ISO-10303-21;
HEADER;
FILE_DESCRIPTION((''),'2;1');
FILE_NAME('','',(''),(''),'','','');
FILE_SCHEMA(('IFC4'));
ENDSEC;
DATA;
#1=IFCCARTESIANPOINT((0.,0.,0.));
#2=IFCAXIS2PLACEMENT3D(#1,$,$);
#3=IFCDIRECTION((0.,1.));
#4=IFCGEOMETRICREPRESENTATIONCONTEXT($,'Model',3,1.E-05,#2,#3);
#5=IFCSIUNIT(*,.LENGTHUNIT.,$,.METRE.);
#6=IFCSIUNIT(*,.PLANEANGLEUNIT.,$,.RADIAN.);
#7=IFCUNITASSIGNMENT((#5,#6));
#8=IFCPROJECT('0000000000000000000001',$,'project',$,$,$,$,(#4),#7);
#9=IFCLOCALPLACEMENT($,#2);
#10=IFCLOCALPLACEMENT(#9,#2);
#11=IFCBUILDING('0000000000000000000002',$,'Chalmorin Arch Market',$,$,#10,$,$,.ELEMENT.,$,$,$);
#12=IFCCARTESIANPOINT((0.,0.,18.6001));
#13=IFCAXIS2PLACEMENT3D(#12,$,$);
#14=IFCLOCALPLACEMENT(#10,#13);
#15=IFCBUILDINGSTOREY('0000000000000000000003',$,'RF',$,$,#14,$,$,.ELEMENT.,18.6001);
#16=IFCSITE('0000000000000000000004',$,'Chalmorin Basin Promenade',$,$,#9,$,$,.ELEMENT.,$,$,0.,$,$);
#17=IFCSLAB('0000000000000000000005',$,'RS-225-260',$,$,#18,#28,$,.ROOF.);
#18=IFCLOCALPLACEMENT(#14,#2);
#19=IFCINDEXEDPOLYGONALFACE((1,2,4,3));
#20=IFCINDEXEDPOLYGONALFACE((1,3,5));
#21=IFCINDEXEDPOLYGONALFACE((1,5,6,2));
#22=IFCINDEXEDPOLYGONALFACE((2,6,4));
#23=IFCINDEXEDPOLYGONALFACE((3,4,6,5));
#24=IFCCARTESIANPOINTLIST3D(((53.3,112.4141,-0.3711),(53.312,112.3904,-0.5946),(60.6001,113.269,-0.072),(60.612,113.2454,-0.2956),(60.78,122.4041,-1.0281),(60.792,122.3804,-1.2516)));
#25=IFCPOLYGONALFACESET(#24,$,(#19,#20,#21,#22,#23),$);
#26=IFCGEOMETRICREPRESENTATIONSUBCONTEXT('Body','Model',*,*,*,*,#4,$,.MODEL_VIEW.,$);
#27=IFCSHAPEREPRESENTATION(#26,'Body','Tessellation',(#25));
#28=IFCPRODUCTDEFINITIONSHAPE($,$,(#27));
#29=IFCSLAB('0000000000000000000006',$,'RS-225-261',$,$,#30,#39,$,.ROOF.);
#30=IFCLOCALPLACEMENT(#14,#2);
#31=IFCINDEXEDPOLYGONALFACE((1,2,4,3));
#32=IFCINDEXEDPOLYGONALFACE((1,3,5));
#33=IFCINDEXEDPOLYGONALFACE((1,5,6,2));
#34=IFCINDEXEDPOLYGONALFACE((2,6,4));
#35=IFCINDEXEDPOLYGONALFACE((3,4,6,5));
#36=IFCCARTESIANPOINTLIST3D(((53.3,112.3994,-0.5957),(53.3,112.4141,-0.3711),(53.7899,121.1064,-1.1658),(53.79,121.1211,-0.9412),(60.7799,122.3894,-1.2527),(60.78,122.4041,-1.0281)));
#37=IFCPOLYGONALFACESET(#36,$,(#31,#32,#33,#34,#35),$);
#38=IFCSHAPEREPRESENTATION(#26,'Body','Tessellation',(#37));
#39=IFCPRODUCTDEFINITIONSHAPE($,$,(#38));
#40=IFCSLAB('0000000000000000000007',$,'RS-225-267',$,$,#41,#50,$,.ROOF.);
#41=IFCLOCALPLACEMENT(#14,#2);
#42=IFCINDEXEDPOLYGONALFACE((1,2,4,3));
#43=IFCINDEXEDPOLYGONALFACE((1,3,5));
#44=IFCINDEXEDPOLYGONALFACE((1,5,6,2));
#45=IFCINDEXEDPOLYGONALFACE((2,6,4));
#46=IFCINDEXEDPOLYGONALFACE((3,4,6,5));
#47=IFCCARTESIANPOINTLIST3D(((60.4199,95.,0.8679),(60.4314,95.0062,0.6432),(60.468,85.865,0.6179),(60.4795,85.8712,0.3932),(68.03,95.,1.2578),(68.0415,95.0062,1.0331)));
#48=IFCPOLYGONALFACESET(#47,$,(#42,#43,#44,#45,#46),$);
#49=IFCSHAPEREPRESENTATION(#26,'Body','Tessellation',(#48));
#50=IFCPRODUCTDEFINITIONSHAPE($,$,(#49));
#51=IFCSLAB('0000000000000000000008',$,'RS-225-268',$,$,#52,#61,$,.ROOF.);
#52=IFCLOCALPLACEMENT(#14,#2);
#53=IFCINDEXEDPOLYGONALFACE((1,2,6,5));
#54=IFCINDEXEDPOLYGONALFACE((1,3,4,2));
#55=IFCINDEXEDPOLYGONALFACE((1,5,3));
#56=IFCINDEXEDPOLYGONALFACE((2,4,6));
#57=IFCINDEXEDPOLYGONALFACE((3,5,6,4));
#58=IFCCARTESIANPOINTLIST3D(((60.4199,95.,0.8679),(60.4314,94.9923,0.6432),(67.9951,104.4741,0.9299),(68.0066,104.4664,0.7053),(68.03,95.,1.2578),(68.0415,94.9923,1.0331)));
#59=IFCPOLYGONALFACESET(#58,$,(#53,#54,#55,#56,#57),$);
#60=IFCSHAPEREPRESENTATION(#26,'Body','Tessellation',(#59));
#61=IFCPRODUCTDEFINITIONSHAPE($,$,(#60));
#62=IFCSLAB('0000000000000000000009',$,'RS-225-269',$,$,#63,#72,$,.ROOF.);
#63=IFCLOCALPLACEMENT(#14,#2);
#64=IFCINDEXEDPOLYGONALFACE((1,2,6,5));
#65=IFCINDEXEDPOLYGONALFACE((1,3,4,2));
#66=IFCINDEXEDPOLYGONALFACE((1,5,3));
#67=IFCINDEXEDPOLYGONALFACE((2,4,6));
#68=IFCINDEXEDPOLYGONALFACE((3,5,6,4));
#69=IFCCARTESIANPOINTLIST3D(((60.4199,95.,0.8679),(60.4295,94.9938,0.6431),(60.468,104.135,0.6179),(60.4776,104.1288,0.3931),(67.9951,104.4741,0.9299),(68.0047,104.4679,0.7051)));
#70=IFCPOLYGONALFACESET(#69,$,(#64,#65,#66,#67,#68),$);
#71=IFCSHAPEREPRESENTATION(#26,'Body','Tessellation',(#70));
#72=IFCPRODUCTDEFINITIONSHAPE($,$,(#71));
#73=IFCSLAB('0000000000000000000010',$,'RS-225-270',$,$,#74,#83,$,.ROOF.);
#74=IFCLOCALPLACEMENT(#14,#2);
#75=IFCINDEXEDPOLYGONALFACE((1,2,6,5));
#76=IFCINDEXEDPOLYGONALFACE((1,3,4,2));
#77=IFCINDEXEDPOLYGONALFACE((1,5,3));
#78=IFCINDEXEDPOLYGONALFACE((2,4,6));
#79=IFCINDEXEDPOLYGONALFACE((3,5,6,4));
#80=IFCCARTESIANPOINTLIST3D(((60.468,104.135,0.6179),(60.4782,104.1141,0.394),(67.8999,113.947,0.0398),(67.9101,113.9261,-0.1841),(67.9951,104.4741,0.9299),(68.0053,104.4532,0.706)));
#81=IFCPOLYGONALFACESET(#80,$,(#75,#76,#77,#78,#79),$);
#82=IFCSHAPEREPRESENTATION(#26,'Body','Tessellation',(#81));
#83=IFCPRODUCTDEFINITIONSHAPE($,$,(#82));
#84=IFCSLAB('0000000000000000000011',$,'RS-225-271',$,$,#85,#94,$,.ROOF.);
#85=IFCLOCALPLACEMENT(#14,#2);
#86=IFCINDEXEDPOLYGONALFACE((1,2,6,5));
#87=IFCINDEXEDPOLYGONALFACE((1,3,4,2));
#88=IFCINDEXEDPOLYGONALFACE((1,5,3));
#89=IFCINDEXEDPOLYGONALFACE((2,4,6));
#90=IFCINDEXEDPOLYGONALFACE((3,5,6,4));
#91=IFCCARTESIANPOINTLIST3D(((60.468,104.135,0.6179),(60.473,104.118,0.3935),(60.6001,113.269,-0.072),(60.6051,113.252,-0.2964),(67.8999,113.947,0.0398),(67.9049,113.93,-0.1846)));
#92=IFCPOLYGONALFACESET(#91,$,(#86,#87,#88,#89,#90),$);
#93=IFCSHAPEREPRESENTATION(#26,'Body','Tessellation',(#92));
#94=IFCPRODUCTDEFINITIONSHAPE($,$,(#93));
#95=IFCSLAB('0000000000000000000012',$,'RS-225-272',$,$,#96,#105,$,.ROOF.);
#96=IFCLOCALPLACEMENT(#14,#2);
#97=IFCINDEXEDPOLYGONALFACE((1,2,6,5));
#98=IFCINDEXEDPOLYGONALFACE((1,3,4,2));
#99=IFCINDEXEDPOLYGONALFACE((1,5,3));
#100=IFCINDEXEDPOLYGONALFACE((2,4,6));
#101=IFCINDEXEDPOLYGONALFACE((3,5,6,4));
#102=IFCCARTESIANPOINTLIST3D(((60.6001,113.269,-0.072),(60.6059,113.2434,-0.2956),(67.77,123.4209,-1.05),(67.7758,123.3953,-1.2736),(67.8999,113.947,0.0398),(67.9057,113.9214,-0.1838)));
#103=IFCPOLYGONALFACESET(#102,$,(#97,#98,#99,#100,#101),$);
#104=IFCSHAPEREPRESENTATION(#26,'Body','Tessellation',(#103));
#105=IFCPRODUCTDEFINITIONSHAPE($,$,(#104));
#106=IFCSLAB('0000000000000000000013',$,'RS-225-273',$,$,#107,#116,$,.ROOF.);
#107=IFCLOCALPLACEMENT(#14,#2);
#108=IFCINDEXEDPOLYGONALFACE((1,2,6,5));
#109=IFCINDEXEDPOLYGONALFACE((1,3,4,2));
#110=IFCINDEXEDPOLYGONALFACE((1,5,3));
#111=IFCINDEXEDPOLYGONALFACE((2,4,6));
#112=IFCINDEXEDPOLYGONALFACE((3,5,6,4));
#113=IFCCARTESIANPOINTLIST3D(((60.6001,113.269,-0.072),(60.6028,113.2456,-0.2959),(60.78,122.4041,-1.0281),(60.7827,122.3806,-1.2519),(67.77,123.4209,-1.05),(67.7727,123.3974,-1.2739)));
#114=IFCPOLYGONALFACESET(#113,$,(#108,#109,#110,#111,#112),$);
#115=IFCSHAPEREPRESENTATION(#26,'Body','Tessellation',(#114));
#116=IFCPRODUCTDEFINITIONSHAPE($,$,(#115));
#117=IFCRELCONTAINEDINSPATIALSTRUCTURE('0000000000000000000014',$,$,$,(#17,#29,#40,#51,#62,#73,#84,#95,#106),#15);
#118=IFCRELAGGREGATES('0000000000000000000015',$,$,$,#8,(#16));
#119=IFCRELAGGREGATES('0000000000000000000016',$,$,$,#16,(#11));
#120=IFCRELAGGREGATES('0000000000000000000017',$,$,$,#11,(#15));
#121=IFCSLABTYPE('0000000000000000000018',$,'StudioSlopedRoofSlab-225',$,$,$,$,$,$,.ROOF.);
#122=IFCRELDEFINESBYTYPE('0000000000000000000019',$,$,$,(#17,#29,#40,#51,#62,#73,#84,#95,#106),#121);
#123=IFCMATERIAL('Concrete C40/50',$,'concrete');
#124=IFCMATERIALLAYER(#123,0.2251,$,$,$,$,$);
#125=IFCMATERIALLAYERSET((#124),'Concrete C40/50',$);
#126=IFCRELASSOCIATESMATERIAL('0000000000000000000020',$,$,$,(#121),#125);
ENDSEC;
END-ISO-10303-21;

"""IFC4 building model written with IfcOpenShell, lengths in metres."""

from ifc_helpers import new_model, si_unit, direction, frame, origin, place, context, subcontext, project, spatial, polyline, outline, extrude, material, layer, layer_set, type_object, element, save


model = new_model("IFC4")

# Units and contexts
model_context = context("Model", 3, precision=1e-05, world=origin(), true_north=direction((0.0, 1.0)))
body_context = subcontext(model_context, "Body", "Model", "MODEL_VIEW")
ifc_project = project(units=[si_unit("LENGTHUNIT", "METRE"), si_unit("PLANEANGLEUNIT", "RADIAN")], contexts=[model_context])

# Site, building, storey
site_placement = place(None, origin())
site = spatial("IfcSite", under=ifc_project, at=site_placement, Name="Chalmorin Basin Promenade", CompositionType="ELEMENT", RefElevation=0.0)
building_placement = place(site_placement, origin())
building = spatial("IfcBuilding", under=site, at=building_placement, Name="Chalmorin Arch Market", CompositionType="ELEMENT")
storey_placement = place(building_placement, frame((0.0, 0.0, 18.6001)))
storey = spatial("IfcBuildingStorey", under=building, at=storey_placement, Name="RF", CompositionType="ELEMENT", Elevation=18.6001)

# Shared definitions
ifc_material = material(Name="Concrete C40/50", Category="concrete")

# Slabs
ifc_layer = layer(ifc_material, 0.2251)
ifc_layer_set = layer_set([ifc_layer], Name="Concrete C40/50")
slab_type = type_object("IfcSlabType", Name="StudioSlopedRoofSlab-225", PredefinedType="ROOF", material=ifc_layer_set)
slab_1_placement = place(storey_placement, frame((53.3, 112.4141, -0.3711), z_axis=(-0.052979, 0.104976, 0.993063), x_axis=(0.99239, 0.116229, 0.040657)))
element("IfcSlab", 1, at=slab_1_placement, inside=storey, type_object=slab_type, Name="RS-225-260", PredefinedType="ROOF", context=body_context, shape_type="SweptSolid", body=[
    extrude(outline(polyline([(0.0, 0.0), (7.356, 0.0), (8.5575, 9.1078), (0.0, 0.0)])), origin(), (0.0, 0.0, -1.0), 0.2251),
])
slab_2_placement = place(storey_placement, frame((53.3, 112.4141, -0.3711), z_axis=(0.000421, 0.065309, 0.997865), x_axis=(0.598529, 0.799374, -0.05257)))
element("IfcSlab", 2, at=slab_2_placement, inside=storey, type_object=slab_type, Name="RS-225-261", PredefinedType="ROOF", context=body_context, shape_type="SweptSolid", body=[
    extrude(outline(polyline([(0.0, 0.0), (12.4973, 0.0), (7.2834, 4.83), (0.0, 0.0)])), origin(), (0.0, 0.0, -1.0), 0.2251),
])
slab_3_placement = place(storey_placement, frame((60.468, 85.865, 0.6179), z_axis=(-0.051147, -0.02759, 0.99831), x_axis=(0.636742, 0.769192, 0.053881)))
element("IfcSlab", 3, at=slab_3_placement, inside=storey, type_object=slab_type, Name="RS-225-267", PredefinedType="ROOF", context=body_context, shape_type="SweptSolid", body=[
    extrude(outline(polyline([(0.0, 0.0), (11.8761, 0.0), (7.0094, 5.8635), (0.0, 0.0)])), origin(), (0.0, 0.0, -1.0), 0.2251),
])
slab_4_placement = place(storey_placement, frame((60.4199, 95.0, 0.8679), z_axis=(-0.051136, 0.034354, 0.998101), x_axis=(0.99869, 0.0, 0.051166)))
element("IfcSlab", 4, at=slab_4_placement, inside=storey, type_object=slab_type, Name="RS-225-268", PredefinedType="ROOF", context=body_context, shape_type="SweptSolid", body=[
    extrude(outline(polyline([(0.0, 0.0), (7.6201, 0.0), (7.5684, 9.4797), (0.0, 0.0)])), origin(), (0.0, 0.0, -1.0), 0.2251),
])
slab_5_placement = place(storey_placement, frame((60.4199, 95.0, 0.8679), z_axis=(-0.04264, 0.027556, 0.99871), x_axis=(0.624481, 0.781024, 0.005112)))
element("IfcSlab", 5, at=slab_5_placement, inside=storey, type_object=slab_type, Name="RS-225-269", PredefinedType="ROOF", context=body_context, shape_type="SweptSolid", body=[
    extrude(outline(polyline([(0.0, 0.0), (12.1304, 0.0), (7.1634, 5.6744), (0.0, 0.0)])), origin(), (0.0, 0.0, -1.0), 0.2251),
])
slab_6_placement = place(storey_placement, frame((60.468, 104.135, 0.6179), z_axis=(-0.045419, 0.093005, 0.994629), x_axis=(0.998131, 0.044968, 0.041374)))
element("IfcSlab", 6, at=slab_6_placement, inside=storey, type_object=slab_type, Name="RS-225-270", PredefinedType="ROOF", context=body_context, shape_type="SweptSolid", body=[
    extrude(outline(polyline([(0.0, 0.0), (7.5412, 0.0), (7.8353, 9.5106), (0.0, 0.0)])), origin(), (0.0, 0.0, -1.0), 0.2251),
])
slab_7_placement = place(storey_placement, frame((60.468, 104.135, 0.6179), z_axis=(-0.022294, 0.075622, 0.996887), x_axis=(0.603118, 0.796271, -0.046916)))
element("IfcSlab", 7, at=slab_7_placement, inside=storey, type_object=slab_type, Name="RS-225-271", PredefinedType="ROOF", context=body_context, shape_type="SweptSolid", body=[
    extrude(outline(polyline([(0.0, 0.0), (12.3224, 0.0), (7.3852, 5.4206), (0.0, 0.0)])), origin(), (0.0, 0.0, -1.0), 0.2251),
])
slab_8_placement = place(storey_placement, frame((60.6001, 113.269, -0.072), z_axis=(-0.025791, 0.113896, 0.993158), x_axis=(0.995599, 0.092467, 0.01525)))
element("IfcSlab", 8, at=slab_8_placement, inside=storey, type_object=slab_type, Name="RS-225-272", PredefinedType="ROOF", context=body_context, shape_type="SweptSolid", body=[
    extrude(outline(polyline([(0.0, 0.0), (7.3321, 0.0), (8.0622, 9.5093), (0.0, 0.0)])), origin(), (0.0, 0.0, -1.0), 0.2251),
])
slab_9_placement = place(storey_placement, frame((60.6001, 113.269, -0.072), z_axis=(-0.012049, 0.104317, 0.994471), x_axis=(0.575115, 0.814302, -0.07845)))
element("IfcSlab", 9, at=slab_9_placement, inside=storey, type_object=slab_type, Name="RS-225-273", PredefinedType="ROOF", context=body_context, shape_type="SweptSolid", body=[
    extrude(outline(polyline([(0.0, 0.0), (12.4669, 0.0), (7.6171, 5.1356), (0.0, 0.0)])), origin(), (0.0, 0.0, -1.0), 0.2251),
])

save(model, "model.ifc")
